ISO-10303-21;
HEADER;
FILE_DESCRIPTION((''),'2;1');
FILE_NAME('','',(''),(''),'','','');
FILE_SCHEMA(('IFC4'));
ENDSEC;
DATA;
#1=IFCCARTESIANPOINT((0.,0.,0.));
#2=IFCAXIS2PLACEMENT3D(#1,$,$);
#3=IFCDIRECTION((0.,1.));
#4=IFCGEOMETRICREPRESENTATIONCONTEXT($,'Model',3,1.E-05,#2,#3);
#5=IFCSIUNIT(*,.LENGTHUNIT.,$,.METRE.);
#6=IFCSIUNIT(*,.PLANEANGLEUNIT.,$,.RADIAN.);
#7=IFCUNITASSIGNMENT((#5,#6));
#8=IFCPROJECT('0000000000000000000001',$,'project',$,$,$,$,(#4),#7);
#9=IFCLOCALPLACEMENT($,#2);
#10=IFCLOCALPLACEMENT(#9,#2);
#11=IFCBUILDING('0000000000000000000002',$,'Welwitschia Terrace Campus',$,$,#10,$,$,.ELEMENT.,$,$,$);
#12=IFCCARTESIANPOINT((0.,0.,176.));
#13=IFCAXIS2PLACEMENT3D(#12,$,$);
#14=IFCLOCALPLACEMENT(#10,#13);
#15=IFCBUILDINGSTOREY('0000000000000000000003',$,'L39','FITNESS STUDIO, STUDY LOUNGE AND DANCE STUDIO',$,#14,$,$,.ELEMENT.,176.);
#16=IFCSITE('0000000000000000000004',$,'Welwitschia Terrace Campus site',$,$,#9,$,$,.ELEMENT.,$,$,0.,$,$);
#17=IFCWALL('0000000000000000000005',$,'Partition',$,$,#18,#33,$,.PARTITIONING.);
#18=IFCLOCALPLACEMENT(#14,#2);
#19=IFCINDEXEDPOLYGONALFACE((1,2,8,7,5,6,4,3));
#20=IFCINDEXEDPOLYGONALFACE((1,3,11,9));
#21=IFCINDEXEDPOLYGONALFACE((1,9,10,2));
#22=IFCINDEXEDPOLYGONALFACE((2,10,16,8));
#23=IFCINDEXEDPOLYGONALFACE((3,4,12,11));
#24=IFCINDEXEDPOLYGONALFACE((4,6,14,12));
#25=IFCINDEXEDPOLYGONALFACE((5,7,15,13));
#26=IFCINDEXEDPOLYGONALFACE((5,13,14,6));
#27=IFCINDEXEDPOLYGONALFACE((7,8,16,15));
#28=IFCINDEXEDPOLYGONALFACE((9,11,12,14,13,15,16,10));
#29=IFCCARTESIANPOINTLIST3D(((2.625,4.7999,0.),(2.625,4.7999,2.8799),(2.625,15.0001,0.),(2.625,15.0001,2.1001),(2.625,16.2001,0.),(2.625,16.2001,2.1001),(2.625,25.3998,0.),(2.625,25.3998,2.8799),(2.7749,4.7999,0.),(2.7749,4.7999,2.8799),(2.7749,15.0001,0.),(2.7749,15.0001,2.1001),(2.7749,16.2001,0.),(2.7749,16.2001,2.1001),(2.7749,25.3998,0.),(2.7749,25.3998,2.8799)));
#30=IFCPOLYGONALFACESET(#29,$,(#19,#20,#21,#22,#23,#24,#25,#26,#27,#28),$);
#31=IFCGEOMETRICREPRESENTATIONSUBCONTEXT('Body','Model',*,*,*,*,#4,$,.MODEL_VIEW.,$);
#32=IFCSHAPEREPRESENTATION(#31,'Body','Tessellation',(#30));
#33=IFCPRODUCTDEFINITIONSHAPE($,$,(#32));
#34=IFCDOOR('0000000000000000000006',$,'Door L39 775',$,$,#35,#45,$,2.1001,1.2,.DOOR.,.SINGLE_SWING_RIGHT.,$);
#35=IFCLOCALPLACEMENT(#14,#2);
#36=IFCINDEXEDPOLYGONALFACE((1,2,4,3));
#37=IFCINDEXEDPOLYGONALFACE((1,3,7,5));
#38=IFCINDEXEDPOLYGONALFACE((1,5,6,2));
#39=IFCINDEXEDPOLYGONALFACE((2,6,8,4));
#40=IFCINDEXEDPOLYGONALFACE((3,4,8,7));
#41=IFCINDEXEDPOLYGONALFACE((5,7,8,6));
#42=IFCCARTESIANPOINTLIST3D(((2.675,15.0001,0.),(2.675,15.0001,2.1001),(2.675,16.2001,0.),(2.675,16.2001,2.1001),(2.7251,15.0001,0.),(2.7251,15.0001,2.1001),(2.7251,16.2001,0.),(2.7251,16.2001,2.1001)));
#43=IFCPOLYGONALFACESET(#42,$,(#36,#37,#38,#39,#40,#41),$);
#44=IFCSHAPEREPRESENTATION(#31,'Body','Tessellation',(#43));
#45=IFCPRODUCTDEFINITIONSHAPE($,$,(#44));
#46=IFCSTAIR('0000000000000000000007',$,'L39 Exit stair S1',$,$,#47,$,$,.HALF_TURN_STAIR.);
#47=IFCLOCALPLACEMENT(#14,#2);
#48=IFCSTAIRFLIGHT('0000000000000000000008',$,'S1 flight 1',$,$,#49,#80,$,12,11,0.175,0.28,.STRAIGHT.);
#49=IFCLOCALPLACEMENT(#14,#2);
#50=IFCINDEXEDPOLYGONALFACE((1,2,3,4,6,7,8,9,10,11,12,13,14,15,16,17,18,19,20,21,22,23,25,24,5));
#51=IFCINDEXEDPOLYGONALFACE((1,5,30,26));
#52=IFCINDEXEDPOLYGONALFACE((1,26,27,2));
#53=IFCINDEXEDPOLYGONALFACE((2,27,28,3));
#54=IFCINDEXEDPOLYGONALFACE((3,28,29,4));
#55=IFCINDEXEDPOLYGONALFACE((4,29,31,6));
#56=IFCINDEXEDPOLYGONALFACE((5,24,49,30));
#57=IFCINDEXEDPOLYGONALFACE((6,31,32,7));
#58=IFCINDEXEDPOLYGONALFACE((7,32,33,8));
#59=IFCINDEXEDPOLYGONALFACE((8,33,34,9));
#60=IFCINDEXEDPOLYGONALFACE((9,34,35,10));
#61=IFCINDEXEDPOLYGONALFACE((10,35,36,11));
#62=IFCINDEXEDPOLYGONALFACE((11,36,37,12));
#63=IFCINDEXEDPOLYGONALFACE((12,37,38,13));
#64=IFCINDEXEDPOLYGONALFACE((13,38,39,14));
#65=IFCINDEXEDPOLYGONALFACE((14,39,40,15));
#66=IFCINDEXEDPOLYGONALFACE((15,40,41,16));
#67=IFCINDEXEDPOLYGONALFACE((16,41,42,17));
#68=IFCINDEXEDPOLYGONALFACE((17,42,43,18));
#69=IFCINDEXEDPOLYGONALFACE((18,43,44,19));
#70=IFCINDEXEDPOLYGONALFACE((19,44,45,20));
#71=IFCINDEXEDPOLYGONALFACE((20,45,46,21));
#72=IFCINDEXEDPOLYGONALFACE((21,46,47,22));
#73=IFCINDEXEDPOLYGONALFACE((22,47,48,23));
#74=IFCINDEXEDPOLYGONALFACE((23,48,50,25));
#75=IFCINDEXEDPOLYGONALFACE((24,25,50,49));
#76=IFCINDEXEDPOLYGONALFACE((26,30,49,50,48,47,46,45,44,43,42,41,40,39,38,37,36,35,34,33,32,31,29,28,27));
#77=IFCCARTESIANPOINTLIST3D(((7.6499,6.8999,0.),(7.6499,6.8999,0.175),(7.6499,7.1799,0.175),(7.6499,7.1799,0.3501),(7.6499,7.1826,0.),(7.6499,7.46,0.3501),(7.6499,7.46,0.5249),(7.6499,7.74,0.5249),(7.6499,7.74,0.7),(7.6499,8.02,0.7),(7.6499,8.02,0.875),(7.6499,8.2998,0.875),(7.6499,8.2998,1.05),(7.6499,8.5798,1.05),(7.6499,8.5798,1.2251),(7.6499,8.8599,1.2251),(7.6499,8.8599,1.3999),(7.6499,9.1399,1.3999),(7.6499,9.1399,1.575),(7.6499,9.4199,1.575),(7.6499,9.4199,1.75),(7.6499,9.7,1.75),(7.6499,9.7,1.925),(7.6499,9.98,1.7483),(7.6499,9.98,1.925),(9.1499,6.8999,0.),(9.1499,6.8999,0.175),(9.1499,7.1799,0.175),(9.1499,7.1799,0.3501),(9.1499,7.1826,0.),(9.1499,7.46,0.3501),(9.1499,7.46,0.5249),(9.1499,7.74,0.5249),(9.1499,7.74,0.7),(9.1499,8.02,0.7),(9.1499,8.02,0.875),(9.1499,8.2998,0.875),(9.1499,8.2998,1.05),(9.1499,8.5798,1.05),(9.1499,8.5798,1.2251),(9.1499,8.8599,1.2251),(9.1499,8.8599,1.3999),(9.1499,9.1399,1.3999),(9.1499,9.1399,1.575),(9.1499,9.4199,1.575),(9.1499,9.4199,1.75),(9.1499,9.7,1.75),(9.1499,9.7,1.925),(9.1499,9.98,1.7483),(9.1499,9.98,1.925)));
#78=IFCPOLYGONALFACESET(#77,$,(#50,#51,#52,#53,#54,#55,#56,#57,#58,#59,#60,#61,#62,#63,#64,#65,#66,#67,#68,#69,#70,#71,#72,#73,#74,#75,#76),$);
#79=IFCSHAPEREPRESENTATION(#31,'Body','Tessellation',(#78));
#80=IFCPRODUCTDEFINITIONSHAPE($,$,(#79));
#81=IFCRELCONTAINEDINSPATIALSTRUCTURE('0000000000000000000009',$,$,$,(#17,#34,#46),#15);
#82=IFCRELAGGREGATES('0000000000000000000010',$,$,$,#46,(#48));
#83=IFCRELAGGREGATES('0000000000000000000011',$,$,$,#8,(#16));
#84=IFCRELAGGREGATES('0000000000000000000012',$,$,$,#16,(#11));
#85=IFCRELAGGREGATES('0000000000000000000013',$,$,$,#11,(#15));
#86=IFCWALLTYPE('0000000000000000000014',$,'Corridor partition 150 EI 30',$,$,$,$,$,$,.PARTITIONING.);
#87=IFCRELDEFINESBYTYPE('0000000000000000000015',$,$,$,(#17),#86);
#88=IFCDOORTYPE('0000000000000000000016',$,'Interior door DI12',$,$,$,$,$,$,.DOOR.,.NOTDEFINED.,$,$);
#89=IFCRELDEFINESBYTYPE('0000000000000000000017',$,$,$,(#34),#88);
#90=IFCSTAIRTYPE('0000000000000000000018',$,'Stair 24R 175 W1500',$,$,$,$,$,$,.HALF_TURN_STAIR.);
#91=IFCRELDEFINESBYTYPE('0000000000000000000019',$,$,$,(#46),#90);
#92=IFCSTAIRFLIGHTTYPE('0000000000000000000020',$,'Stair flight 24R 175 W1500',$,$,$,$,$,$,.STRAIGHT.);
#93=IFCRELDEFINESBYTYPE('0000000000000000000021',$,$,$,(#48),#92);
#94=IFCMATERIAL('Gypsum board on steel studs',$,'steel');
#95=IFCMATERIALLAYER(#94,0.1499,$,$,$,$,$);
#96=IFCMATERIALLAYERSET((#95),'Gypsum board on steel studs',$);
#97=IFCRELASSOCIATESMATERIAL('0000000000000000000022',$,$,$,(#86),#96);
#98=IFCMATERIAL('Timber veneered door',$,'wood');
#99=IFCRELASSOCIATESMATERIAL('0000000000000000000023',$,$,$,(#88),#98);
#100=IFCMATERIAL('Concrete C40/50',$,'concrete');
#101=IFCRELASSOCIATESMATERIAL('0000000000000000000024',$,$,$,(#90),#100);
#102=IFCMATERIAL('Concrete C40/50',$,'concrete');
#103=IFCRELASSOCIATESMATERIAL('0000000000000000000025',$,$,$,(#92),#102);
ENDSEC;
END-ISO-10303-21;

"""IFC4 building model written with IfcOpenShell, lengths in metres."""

from ifc_helpers import new_model, si_unit, direction, frame, frame_2d, origin, place, context, subcontext, project, spatial, polyline, rectangle, outline, extrude, material, layer, layer_set, type_object, element, fill, aggregate, save


model = new_model("IFC4")

# Units and contexts
model_context = context("Model", 3, precision=1e-05, world=origin(), true_north=direction((0.0, 1.0)))
body_context = subcontext(model_context, "Body", "Model", "MODEL_VIEW")
ifc_project = project(units=[si_unit("LENGTHUNIT", "METRE"), si_unit("PLANEANGLEUNIT", "RADIAN")], contexts=[model_context])

# Site, building, storey
site_placement = place(None, origin())
site = spatial("IfcSite", under=ifc_project, at=site_placement, Name="Welwitschia Terrace Campus site", CompositionType="ELEMENT", RefElevation=0.0)
building_placement = place(site_placement, origin())
building = spatial("IfcBuilding", under=site, at=building_placement, Name="Welwitschia Terrace Campus", CompositionType="ELEMENT")
storey_placement = place(building_placement, frame((0.0, 0.0, 176.0)))
storey = spatial("IfcBuildingStorey", under=building, at=storey_placement, Name="L39", Description="FITNESS STUDIO, STUDY LOUNGE AND DANCE STUDIO", CompositionType="ELEMENT", Elevation=176.0)

# Shared definitions
ifc_material_1 = material(Name="Gypsum board on steel studs", Category="steel")
ifc_layer_1 = layer(ifc_material_1, 0.1499)
ifc_layer_set_1 = layer_set([ifc_layer_1], Name="Gypsum board on steel studs")
wall_type_1 = type_object("IfcWallType", Name="Corridor partition 150 EI 30", PredefinedType="PARTITIONING", material=ifc_layer_set_1)

# Wall, opening, door
wall_1_placement = place(storey_placement, frame((2.7, 4.8, 0.0), z_axis=(0.0, 0.0, 1.0), x_axis=(0.0, 1.0, 0.0)))
wall_1 = element("IfcWall", 1, at=wall_1_placement, inside=storey, type_object=wall_type_1, Name="Partition", PredefinedType="PARTITIONING", context=body_context, shape_type="SweptSolid", body=[
    extrude(rectangle(XDim=20.5999, YDim=0.1499, at=frame_2d((10.2998, 0.0))), origin(), (0.0, 0.0, 1.0), 2.8799),
])
opening_1_placement = place(wall_1_placement, frame((10.2, 0.0, 0.0)))
opening_1 = element("IfcOpeningElement", 2, at=opening_1_placement, cuts=wall_1, PredefinedType="OPENING", context=body_context, shape_type="SweptSolid", body=[
    extrude(rectangle(XDim=1.2, YDim=2.1001, at=frame_2d((0.6001, 1.05))), frame((0.0, 0.085, 0.0), z_axis=(0.0, -1.0, 0.0), x_axis=(1.0, 0.0, 0.0)), (0.0, 0.0, 1.0), 0.1699),
])
ifc_material_2 = material(Name="Timber veneered door", Category="wood")
door_type_1 = type_object("IfcDoorType", Name="Interior door DI12", OperationType="NOTDEFINED", PredefinedType="DOOR", material=ifc_material_2)
door_1_placement = place(opening_1_placement, origin())
door_1 = element("IfcDoor", 3, at=door_1_placement, inside=storey, type_object=door_type_1, Name="Door L39 775", OperationType="SINGLE_SWING_RIGHT", OverallHeight=2.1001, OverallWidth=1.2, PredefinedType="DOOR", context=body_context, shape_type="SweptSolid", body=[
    extrude(rectangle(XDim=1.2, YDim=2.1001, at=frame_2d((0.6001, 1.05))), frame((0.0, 0.0249, 0.0), z_axis=(0.0, -1.0, 0.0), x_axis=(1.0, 0.0, 0.0)), (0.0, 0.0, 1.0), 0.05),
])
fill(opening_1, door_1)

# Stair, stair flight
ifc_material_3 = material(Name="Concrete C40/50", Category="concrete")
stair_type = type_object("IfcStairType", Name="Stair 24R 175 W1500", PredefinedType="HALF_TURN_STAIR", material=ifc_material_3)
stair_placement = place(storey_placement, origin())
stair = element("IfcStair", 4, at=stair_placement, inside=storey, type_object=stair_type, Name="L39 Exit stair S1", PredefinedType="HALF_TURN_STAIR")
ifc_material_4 = material(Name="Concrete C40/50", Category="concrete")
stair_flight_type = type_object("IfcStairFlightType", Name="Stair flight 24R 175 W1500", PredefinedType="STRAIGHT", material=ifc_material_4)
stair_flight_placement = place(storey_placement, frame((8.3999, 6.8999, 0.0), z_axis=(0.0, 0.0, 1.0), x_axis=(0.0, 1.0, 0.0)))
stair_flight = element("IfcStairFlight", 5, at=stair_flight_placement, type_object=stair_flight_type, Name="S1 flight 1", NumberOfRisers=12, NumberOfTreads=11, PredefinedType="STRAIGHT", RiserHeight=0.175, TreadLength=0.28, context=body_context, shape_type="SweptSolid", body=[
    extrude(outline(polyline([(0.0, 0.0), (0.0, 0.175), (0.28, 0.175), (0.28, 0.3501), (0.5601, 0.3501), (0.5601, 0.5249), (0.8401, 0.5249), (0.8401, 0.7), (1.1201, 0.7), (1.1201, 0.875), (1.3999, 0.875), (1.3999, 1.05), (1.6799, 1.05), (1.6799, 1.2251), (1.96, 1.2251), (1.96, 1.3999), (2.24, 1.3999), (2.24, 1.575), (2.52, 1.575), (2.52, 1.75), (2.8, 1.75), (2.8, 1.925), (3.0801, 1.925), (3.0801, 2.1001), (3.0801, 1.7483), (0.2827, 0.0), (0.0, 0.0)])), frame((0.0, 0.75, 0.0), z_axis=(0.0, -1.0, 0.0), x_axis=(1.0, 0.0, 0.0)), (0.0, 0.0, 1.0), 1.5),
])
aggregate(stair, [stair_flight])

save(model, "model.ifc")
